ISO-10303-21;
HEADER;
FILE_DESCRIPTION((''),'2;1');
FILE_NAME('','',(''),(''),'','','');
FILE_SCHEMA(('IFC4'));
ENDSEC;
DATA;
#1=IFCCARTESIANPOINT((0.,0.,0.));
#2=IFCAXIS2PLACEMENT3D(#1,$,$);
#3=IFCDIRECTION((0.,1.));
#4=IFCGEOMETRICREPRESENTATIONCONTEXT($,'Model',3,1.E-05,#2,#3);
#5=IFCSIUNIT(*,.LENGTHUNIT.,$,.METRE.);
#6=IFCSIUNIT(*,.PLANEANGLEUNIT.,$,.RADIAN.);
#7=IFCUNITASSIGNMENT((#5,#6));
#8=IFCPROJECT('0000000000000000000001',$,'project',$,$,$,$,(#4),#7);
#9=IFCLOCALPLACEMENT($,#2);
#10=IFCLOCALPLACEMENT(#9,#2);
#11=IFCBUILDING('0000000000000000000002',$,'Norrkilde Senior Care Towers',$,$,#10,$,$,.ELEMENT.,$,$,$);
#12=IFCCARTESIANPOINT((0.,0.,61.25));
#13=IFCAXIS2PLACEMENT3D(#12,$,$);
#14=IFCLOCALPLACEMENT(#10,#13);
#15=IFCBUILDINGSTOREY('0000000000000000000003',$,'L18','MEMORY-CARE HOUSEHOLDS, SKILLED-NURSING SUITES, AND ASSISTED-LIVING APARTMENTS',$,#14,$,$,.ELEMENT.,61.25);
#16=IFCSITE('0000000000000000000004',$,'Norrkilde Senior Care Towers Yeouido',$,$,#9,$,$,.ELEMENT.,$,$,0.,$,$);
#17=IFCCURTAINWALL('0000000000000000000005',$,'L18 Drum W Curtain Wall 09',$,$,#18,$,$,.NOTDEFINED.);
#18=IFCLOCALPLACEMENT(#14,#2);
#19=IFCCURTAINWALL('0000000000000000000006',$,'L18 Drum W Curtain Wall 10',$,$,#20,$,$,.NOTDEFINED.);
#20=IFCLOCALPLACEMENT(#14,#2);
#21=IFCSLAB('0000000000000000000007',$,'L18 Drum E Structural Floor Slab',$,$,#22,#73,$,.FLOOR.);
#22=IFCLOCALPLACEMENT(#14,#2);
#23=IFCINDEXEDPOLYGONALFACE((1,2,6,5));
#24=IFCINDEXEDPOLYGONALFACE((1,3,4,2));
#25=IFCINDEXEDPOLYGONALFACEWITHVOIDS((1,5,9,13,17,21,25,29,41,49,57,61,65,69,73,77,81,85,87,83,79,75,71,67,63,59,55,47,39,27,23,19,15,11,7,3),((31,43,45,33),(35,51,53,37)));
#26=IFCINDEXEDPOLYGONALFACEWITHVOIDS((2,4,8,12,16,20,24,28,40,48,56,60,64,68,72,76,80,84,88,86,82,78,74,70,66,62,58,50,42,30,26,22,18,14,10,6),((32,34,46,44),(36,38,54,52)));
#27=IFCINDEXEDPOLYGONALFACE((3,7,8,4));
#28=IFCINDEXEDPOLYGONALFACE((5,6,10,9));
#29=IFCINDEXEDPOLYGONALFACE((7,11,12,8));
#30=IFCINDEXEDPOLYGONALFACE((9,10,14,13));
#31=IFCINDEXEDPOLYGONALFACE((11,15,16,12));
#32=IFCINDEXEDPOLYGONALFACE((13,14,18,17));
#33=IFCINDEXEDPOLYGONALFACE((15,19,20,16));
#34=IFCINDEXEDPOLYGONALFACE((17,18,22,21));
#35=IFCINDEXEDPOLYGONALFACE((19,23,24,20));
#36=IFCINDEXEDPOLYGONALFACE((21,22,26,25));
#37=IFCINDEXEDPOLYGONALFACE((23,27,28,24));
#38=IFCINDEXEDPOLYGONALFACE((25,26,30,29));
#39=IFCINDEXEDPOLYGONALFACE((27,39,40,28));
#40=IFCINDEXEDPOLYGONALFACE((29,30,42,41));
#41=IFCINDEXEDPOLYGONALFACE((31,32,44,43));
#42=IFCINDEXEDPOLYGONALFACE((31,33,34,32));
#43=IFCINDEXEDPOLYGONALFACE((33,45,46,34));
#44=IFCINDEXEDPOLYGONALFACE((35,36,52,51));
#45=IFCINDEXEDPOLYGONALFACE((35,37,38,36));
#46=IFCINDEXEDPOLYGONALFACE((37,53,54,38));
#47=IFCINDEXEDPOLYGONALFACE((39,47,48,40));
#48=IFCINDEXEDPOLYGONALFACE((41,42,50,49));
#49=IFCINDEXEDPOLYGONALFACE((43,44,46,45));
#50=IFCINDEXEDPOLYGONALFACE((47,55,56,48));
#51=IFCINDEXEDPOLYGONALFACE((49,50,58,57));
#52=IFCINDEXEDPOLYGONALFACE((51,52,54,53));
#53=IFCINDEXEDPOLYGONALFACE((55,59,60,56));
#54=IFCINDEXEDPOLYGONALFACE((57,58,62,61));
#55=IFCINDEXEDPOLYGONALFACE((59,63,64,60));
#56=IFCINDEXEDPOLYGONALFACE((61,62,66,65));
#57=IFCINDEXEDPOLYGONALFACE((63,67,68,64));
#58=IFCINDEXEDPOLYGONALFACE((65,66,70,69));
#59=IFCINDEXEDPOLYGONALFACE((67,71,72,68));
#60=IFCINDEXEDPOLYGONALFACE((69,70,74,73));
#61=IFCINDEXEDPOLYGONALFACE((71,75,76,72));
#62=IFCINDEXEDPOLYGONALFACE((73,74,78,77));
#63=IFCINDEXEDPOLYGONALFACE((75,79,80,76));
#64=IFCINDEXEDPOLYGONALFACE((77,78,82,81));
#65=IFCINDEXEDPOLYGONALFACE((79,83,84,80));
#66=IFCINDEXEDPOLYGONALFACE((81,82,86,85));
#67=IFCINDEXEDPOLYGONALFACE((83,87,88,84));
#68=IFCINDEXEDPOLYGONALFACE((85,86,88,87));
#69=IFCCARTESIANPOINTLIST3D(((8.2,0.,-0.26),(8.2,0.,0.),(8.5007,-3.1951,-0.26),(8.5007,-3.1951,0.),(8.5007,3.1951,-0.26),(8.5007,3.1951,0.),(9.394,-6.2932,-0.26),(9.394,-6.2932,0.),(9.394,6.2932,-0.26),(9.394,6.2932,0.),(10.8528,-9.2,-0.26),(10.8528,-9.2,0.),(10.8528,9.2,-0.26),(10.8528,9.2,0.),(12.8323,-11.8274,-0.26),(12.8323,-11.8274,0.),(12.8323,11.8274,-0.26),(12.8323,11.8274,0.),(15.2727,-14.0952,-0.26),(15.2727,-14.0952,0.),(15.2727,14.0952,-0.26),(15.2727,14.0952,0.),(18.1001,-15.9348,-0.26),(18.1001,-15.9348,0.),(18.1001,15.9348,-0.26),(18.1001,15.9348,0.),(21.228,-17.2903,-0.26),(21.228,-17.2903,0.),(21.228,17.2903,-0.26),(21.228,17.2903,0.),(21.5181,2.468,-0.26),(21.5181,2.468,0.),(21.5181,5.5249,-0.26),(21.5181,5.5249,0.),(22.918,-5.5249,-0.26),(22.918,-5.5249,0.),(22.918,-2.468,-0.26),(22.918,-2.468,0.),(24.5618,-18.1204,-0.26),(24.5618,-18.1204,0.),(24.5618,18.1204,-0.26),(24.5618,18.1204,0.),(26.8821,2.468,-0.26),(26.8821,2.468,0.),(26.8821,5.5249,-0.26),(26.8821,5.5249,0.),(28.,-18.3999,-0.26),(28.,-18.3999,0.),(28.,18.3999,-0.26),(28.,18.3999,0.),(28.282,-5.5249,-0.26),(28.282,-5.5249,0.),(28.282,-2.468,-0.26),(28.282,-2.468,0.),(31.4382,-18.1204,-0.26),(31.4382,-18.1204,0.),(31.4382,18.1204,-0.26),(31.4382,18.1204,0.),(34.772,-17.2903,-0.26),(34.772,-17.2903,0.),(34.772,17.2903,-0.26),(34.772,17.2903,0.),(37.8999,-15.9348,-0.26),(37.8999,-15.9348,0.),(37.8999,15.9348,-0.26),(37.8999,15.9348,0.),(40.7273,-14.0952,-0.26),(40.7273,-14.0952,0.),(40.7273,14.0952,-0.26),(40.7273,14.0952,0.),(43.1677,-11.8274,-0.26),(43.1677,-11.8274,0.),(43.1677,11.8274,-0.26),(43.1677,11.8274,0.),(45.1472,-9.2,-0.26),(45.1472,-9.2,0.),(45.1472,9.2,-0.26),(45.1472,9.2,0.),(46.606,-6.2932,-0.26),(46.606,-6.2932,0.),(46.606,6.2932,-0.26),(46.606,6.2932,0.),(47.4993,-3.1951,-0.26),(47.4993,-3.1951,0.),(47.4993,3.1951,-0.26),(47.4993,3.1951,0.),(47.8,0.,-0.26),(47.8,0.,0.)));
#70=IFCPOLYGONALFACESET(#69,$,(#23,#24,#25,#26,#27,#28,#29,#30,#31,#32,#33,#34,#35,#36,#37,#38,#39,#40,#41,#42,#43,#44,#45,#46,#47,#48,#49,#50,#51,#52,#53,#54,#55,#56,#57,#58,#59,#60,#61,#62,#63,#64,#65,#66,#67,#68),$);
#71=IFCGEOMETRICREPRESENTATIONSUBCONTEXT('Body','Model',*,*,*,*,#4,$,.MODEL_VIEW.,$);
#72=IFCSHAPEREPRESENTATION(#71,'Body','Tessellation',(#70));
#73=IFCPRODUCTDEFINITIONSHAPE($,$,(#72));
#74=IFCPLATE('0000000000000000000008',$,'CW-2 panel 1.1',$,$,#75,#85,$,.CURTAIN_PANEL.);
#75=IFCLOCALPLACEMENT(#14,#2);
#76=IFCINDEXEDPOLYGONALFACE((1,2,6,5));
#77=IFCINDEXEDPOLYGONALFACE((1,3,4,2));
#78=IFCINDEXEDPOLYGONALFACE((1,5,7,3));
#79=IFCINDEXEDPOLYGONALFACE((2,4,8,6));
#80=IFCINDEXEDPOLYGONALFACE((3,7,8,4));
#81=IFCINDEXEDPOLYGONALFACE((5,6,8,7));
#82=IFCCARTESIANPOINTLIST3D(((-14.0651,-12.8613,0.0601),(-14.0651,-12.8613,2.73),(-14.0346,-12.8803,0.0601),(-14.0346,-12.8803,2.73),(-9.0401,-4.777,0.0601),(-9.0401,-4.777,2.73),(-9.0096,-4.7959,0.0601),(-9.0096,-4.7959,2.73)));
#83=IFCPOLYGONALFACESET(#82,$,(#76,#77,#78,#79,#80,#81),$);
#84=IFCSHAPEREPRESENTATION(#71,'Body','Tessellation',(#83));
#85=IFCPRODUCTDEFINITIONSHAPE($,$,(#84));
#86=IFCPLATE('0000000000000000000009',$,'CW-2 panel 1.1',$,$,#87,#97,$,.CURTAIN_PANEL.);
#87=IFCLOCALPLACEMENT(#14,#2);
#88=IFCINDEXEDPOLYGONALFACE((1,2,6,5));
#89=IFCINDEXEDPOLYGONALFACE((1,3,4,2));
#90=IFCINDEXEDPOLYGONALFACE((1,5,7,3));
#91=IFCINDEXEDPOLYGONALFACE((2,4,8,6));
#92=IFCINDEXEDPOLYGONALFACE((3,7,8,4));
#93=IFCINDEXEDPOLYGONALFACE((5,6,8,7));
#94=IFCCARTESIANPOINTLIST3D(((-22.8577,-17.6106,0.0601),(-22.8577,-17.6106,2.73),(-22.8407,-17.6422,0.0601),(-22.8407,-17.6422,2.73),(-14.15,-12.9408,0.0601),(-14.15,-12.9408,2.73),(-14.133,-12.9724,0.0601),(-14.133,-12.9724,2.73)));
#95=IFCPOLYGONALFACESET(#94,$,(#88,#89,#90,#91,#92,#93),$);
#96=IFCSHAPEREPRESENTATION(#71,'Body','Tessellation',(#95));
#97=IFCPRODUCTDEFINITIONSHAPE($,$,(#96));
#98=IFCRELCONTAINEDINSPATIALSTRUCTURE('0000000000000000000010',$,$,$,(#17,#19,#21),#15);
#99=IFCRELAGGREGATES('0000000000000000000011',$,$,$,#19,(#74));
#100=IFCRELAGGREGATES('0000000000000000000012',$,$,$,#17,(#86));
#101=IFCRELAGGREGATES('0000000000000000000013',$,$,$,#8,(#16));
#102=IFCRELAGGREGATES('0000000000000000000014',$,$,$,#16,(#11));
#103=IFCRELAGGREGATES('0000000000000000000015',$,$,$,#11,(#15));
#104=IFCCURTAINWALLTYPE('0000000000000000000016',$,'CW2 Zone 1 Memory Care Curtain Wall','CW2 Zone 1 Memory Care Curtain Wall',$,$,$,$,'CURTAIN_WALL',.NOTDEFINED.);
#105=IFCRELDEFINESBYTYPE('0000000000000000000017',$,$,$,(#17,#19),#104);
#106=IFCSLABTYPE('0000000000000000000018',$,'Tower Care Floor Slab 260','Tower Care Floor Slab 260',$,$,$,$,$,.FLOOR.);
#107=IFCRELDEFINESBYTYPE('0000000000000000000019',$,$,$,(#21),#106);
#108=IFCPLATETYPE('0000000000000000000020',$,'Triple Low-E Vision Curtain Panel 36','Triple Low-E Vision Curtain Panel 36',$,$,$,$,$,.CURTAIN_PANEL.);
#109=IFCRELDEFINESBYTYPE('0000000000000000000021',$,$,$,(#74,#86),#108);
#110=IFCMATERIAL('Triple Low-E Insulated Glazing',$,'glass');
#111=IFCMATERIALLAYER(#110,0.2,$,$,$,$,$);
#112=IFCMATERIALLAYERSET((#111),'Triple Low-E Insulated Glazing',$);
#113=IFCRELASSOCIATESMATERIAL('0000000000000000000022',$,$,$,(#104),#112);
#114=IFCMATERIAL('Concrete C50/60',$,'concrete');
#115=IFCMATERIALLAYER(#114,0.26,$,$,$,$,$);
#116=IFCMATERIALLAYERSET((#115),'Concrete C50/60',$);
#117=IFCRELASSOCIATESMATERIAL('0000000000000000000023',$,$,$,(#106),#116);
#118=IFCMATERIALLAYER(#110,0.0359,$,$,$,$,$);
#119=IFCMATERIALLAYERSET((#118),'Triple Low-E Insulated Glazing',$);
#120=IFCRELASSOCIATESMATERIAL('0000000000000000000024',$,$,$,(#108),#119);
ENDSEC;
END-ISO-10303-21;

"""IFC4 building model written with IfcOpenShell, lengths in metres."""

from ifc_helpers import new_model, si_unit, direction, frame, origin, origin_2d, place, context, subcontext, project, spatial, polyline, rectangle, outline, extrude, source, transform, mapped, material, layer, layer_set, type_object, type_shapes, element, aggregate, save


model = new_model("IFC4")

# Units and contexts
model_context = context("Model", 3, precision=1e-05, world=origin(), true_north=direction((0.0, 1.0)))
body_context = subcontext(model_context, "Body", "Model", "MODEL_VIEW")
ifc_project = project(units=[si_unit("LENGTHUNIT", "METRE"), si_unit("PLANEANGLEUNIT", "RADIAN")], contexts=[model_context])

# Site, building, storey
site_placement = place(None, origin())
site = spatial("IfcSite", under=ifc_project, at=site_placement, Name="Norrkilde Senior Care Towers Yeouido", CompositionType="ELEMENT", RefElevation=0.0)
building_placement = place(site_placement, origin())
building = spatial("IfcBuilding", under=site, at=building_placement, Name="Norrkilde Senior Care Towers", CompositionType="ELEMENT")
storey_placement = place(building_placement, frame((0.0, 0.0, 61.25)))
storey = spatial("IfcBuildingStorey", under=building, at=storey_placement, Name="L18", Description="MEMORY-CARE HOUSEHOLDS, SKILLED-NURSING SUITES, AND ASSISTED-LIVING APARTMENTS", CompositionType="ELEMENT", Elevation=61.25)

# Curtain wall
ifc_material_1 = material(Name="Triple Low-E Insulated Glazing", Category="glass")
ifc_layer_1 = layer(ifc_material_1, 0.2)
ifc_layer_set_1 = layer_set([ifc_layer_1], Name="Triple Low-E Insulated Glazing")
curtain_wall_type = type_object("IfcCurtainWallType", Name="CW2 Zone 1 Memory Care Curtain Wall", Description="CW2 Zone 1 Memory Care Curtain Wall", ElementType="CURTAIN_WALL", PredefinedType="NOTDEFINED", material=ifc_layer_set_1)
curtain_wall_1_placement = place(storey_placement, origin())
curtain_wall_1 = element("IfcCurtainWall", 1, at=curtain_wall_1_placement, inside=storey, type_object=curtain_wall_type, Name="L18 Drum W Curtain Wall 09", PredefinedType="NOTDEFINED")

# Curtain wall
curtain_wall_2_placement = place(storey_placement, origin())
curtain_wall_2 = element("IfcCurtainWall", 2, at=curtain_wall_2_placement, inside=storey, type_object=curtain_wall_type, Name="L18 Drum W Curtain Wall 10", PredefinedType="NOTDEFINED")

# Slab
ifc_material_2 = material(Name="Concrete C50/60", Category="concrete")
ifc_layer_2 = layer(ifc_material_2, 0.26)
ifc_layer_set_2 = layer_set([ifc_layer_2], Name="Concrete C50/60")
slab_type_1 = type_object("IfcSlabType", Name="Tower Care Floor Slab 260", Description="Tower Care Floor Slab 260", PredefinedType="FLOOR", material=ifc_layer_set_2)
slab_1_placement = place(storey_placement, frame((0.0, 0.0, -0.26)))
element("IfcSlab", 3, at=slab_1_placement, inside=storey, type_object=slab_type_1, Name="L18 Drum E Structural Floor Slab", PredefinedType="FLOOR", context=body_context, shape_type="SweptSolid", body=[
    extrude(outline(polyline([(46.606, -6.2932), (45.1472, -9.2), (43.1677, -11.8274), (40.7273, -14.0952), (37.8999, -15.9348), (34.772, -17.2903), (31.4382, -18.1204), (28.0, -18.3999), (24.5618, -18.1204), (21.228, -17.2903), (18.1001, -15.9348), (15.2727, -14.0952), (12.8323, -11.8274), (10.8528, -9.2), (9.394, -6.2932), (8.5007, -3.1951), (8.2, 0.0), (8.5007, 3.1951), (9.394, 6.2932), (10.8528, 9.2), (12.8323, 11.8274), (15.2727, 14.0952), (18.1001, 15.9348), (21.228, 17.2903), (24.5618, 18.1204), (28.0, 18.3999), (31.4382, 18.1204), (34.772, 17.2903), (37.8999, 15.9348), (40.7273, 14.0952), (43.1677, 11.8274), (45.1472, 9.2), (46.606, 6.2932), (47.4993, 3.1951), (47.8, 0.0), (47.4993, -3.1951), (46.606, -6.2932)]), holes=[polyline([(21.5181, 2.468), (26.8821, 2.468), (26.8821, 5.5249), (21.5181, 5.5249), (21.5181, 2.468)]), polyline([(28.282, -5.5249), (28.282, -2.468), (22.918, -2.468), (22.918, -5.5249), (28.282, -5.5249)])]), origin(), (0.0, 0.0, 1.0), 0.26),
])

# Plates
ifc_layer_3 = layer(ifc_material_1, 0.0359)
ifc_layer_set_3 = layer_set([ifc_layer_3], Name="Triple Low-E Insulated Glazing")
plate_type = type_object("IfcPlateType", Name="Triple Low-E Vision Curtain Panel 36", Description="Triple Low-E Vision Curtain Panel 36", PredefinedType="CURTAIN_PANEL", material=ifc_layer_set_3)
shared_shape_1 = source(origin(), body_context, "Body", "SweptSolid", [
    extrude(rectangle(XDim=9.5188, YDim=0.0359, at=origin_2d()), origin(), (0.0, 0.0, 1.0), 2.6699),
])
plate_1_placement = place(storey_placement, frame((-11.5374, -8.8286, 0.0601), z_axis=(0.0, 0.0, 1.0), x_axis=(-0.527901, -0.849306, 0.0)))
plate_1 = element("IfcPlate", 4, at=plate_1_placement, type_object=plate_type, Name="CW-2 panel 1.1", PredefinedType="CURTAIN_PANEL", context=body_context, shape_type="MappedRepresentation", body=[
    mapped(shared_shape_1, transform((0.0, 0.0, 0.0), x_axis=(1.0, 0.0, 0.0), y_axis=(0.0, 1.0, 0.0), z_axis=(0.0, 0.0, 1.0), scale=1.0)),
])
aggregate(curtain_wall_2, [plate_1])
shared_shape_2 = source(origin(), body_context, "Body", "SweptSolid", [
    extrude(rectangle(XDim=9.8809, YDim=0.0359, at=origin_2d()), origin(), (0.0, 0.0, 1.0), 2.6699),
])
type_shapes(plate_type, [shared_shape_1, shared_shape_2])
plate_2_placement = place(storey_placement, frame((-18.4954, -15.2915, 0.0601), z_axis=(0.0, 0.0, 1.0), x_axis=(-0.881273, -0.472608, 0.0)))
plate_2 = element("IfcPlate", 5, at=plate_2_placement, type_object=plate_type, Name="CW-2 panel 1.1", PredefinedType="CURTAIN_PANEL", context=body_context, shape_type="MappedRepresentation", body=[
    mapped(shared_shape_2, transform((0.0, 0.0, 0.0), x_axis=(1.0, 0.0, 0.0), y_axis=(0.0, 1.0, 0.0), z_axis=(0.0, 0.0, 1.0), scale=1.0)),
])
aggregate(curtain_wall_1, [plate_2])

save(model, "model.ifc")
